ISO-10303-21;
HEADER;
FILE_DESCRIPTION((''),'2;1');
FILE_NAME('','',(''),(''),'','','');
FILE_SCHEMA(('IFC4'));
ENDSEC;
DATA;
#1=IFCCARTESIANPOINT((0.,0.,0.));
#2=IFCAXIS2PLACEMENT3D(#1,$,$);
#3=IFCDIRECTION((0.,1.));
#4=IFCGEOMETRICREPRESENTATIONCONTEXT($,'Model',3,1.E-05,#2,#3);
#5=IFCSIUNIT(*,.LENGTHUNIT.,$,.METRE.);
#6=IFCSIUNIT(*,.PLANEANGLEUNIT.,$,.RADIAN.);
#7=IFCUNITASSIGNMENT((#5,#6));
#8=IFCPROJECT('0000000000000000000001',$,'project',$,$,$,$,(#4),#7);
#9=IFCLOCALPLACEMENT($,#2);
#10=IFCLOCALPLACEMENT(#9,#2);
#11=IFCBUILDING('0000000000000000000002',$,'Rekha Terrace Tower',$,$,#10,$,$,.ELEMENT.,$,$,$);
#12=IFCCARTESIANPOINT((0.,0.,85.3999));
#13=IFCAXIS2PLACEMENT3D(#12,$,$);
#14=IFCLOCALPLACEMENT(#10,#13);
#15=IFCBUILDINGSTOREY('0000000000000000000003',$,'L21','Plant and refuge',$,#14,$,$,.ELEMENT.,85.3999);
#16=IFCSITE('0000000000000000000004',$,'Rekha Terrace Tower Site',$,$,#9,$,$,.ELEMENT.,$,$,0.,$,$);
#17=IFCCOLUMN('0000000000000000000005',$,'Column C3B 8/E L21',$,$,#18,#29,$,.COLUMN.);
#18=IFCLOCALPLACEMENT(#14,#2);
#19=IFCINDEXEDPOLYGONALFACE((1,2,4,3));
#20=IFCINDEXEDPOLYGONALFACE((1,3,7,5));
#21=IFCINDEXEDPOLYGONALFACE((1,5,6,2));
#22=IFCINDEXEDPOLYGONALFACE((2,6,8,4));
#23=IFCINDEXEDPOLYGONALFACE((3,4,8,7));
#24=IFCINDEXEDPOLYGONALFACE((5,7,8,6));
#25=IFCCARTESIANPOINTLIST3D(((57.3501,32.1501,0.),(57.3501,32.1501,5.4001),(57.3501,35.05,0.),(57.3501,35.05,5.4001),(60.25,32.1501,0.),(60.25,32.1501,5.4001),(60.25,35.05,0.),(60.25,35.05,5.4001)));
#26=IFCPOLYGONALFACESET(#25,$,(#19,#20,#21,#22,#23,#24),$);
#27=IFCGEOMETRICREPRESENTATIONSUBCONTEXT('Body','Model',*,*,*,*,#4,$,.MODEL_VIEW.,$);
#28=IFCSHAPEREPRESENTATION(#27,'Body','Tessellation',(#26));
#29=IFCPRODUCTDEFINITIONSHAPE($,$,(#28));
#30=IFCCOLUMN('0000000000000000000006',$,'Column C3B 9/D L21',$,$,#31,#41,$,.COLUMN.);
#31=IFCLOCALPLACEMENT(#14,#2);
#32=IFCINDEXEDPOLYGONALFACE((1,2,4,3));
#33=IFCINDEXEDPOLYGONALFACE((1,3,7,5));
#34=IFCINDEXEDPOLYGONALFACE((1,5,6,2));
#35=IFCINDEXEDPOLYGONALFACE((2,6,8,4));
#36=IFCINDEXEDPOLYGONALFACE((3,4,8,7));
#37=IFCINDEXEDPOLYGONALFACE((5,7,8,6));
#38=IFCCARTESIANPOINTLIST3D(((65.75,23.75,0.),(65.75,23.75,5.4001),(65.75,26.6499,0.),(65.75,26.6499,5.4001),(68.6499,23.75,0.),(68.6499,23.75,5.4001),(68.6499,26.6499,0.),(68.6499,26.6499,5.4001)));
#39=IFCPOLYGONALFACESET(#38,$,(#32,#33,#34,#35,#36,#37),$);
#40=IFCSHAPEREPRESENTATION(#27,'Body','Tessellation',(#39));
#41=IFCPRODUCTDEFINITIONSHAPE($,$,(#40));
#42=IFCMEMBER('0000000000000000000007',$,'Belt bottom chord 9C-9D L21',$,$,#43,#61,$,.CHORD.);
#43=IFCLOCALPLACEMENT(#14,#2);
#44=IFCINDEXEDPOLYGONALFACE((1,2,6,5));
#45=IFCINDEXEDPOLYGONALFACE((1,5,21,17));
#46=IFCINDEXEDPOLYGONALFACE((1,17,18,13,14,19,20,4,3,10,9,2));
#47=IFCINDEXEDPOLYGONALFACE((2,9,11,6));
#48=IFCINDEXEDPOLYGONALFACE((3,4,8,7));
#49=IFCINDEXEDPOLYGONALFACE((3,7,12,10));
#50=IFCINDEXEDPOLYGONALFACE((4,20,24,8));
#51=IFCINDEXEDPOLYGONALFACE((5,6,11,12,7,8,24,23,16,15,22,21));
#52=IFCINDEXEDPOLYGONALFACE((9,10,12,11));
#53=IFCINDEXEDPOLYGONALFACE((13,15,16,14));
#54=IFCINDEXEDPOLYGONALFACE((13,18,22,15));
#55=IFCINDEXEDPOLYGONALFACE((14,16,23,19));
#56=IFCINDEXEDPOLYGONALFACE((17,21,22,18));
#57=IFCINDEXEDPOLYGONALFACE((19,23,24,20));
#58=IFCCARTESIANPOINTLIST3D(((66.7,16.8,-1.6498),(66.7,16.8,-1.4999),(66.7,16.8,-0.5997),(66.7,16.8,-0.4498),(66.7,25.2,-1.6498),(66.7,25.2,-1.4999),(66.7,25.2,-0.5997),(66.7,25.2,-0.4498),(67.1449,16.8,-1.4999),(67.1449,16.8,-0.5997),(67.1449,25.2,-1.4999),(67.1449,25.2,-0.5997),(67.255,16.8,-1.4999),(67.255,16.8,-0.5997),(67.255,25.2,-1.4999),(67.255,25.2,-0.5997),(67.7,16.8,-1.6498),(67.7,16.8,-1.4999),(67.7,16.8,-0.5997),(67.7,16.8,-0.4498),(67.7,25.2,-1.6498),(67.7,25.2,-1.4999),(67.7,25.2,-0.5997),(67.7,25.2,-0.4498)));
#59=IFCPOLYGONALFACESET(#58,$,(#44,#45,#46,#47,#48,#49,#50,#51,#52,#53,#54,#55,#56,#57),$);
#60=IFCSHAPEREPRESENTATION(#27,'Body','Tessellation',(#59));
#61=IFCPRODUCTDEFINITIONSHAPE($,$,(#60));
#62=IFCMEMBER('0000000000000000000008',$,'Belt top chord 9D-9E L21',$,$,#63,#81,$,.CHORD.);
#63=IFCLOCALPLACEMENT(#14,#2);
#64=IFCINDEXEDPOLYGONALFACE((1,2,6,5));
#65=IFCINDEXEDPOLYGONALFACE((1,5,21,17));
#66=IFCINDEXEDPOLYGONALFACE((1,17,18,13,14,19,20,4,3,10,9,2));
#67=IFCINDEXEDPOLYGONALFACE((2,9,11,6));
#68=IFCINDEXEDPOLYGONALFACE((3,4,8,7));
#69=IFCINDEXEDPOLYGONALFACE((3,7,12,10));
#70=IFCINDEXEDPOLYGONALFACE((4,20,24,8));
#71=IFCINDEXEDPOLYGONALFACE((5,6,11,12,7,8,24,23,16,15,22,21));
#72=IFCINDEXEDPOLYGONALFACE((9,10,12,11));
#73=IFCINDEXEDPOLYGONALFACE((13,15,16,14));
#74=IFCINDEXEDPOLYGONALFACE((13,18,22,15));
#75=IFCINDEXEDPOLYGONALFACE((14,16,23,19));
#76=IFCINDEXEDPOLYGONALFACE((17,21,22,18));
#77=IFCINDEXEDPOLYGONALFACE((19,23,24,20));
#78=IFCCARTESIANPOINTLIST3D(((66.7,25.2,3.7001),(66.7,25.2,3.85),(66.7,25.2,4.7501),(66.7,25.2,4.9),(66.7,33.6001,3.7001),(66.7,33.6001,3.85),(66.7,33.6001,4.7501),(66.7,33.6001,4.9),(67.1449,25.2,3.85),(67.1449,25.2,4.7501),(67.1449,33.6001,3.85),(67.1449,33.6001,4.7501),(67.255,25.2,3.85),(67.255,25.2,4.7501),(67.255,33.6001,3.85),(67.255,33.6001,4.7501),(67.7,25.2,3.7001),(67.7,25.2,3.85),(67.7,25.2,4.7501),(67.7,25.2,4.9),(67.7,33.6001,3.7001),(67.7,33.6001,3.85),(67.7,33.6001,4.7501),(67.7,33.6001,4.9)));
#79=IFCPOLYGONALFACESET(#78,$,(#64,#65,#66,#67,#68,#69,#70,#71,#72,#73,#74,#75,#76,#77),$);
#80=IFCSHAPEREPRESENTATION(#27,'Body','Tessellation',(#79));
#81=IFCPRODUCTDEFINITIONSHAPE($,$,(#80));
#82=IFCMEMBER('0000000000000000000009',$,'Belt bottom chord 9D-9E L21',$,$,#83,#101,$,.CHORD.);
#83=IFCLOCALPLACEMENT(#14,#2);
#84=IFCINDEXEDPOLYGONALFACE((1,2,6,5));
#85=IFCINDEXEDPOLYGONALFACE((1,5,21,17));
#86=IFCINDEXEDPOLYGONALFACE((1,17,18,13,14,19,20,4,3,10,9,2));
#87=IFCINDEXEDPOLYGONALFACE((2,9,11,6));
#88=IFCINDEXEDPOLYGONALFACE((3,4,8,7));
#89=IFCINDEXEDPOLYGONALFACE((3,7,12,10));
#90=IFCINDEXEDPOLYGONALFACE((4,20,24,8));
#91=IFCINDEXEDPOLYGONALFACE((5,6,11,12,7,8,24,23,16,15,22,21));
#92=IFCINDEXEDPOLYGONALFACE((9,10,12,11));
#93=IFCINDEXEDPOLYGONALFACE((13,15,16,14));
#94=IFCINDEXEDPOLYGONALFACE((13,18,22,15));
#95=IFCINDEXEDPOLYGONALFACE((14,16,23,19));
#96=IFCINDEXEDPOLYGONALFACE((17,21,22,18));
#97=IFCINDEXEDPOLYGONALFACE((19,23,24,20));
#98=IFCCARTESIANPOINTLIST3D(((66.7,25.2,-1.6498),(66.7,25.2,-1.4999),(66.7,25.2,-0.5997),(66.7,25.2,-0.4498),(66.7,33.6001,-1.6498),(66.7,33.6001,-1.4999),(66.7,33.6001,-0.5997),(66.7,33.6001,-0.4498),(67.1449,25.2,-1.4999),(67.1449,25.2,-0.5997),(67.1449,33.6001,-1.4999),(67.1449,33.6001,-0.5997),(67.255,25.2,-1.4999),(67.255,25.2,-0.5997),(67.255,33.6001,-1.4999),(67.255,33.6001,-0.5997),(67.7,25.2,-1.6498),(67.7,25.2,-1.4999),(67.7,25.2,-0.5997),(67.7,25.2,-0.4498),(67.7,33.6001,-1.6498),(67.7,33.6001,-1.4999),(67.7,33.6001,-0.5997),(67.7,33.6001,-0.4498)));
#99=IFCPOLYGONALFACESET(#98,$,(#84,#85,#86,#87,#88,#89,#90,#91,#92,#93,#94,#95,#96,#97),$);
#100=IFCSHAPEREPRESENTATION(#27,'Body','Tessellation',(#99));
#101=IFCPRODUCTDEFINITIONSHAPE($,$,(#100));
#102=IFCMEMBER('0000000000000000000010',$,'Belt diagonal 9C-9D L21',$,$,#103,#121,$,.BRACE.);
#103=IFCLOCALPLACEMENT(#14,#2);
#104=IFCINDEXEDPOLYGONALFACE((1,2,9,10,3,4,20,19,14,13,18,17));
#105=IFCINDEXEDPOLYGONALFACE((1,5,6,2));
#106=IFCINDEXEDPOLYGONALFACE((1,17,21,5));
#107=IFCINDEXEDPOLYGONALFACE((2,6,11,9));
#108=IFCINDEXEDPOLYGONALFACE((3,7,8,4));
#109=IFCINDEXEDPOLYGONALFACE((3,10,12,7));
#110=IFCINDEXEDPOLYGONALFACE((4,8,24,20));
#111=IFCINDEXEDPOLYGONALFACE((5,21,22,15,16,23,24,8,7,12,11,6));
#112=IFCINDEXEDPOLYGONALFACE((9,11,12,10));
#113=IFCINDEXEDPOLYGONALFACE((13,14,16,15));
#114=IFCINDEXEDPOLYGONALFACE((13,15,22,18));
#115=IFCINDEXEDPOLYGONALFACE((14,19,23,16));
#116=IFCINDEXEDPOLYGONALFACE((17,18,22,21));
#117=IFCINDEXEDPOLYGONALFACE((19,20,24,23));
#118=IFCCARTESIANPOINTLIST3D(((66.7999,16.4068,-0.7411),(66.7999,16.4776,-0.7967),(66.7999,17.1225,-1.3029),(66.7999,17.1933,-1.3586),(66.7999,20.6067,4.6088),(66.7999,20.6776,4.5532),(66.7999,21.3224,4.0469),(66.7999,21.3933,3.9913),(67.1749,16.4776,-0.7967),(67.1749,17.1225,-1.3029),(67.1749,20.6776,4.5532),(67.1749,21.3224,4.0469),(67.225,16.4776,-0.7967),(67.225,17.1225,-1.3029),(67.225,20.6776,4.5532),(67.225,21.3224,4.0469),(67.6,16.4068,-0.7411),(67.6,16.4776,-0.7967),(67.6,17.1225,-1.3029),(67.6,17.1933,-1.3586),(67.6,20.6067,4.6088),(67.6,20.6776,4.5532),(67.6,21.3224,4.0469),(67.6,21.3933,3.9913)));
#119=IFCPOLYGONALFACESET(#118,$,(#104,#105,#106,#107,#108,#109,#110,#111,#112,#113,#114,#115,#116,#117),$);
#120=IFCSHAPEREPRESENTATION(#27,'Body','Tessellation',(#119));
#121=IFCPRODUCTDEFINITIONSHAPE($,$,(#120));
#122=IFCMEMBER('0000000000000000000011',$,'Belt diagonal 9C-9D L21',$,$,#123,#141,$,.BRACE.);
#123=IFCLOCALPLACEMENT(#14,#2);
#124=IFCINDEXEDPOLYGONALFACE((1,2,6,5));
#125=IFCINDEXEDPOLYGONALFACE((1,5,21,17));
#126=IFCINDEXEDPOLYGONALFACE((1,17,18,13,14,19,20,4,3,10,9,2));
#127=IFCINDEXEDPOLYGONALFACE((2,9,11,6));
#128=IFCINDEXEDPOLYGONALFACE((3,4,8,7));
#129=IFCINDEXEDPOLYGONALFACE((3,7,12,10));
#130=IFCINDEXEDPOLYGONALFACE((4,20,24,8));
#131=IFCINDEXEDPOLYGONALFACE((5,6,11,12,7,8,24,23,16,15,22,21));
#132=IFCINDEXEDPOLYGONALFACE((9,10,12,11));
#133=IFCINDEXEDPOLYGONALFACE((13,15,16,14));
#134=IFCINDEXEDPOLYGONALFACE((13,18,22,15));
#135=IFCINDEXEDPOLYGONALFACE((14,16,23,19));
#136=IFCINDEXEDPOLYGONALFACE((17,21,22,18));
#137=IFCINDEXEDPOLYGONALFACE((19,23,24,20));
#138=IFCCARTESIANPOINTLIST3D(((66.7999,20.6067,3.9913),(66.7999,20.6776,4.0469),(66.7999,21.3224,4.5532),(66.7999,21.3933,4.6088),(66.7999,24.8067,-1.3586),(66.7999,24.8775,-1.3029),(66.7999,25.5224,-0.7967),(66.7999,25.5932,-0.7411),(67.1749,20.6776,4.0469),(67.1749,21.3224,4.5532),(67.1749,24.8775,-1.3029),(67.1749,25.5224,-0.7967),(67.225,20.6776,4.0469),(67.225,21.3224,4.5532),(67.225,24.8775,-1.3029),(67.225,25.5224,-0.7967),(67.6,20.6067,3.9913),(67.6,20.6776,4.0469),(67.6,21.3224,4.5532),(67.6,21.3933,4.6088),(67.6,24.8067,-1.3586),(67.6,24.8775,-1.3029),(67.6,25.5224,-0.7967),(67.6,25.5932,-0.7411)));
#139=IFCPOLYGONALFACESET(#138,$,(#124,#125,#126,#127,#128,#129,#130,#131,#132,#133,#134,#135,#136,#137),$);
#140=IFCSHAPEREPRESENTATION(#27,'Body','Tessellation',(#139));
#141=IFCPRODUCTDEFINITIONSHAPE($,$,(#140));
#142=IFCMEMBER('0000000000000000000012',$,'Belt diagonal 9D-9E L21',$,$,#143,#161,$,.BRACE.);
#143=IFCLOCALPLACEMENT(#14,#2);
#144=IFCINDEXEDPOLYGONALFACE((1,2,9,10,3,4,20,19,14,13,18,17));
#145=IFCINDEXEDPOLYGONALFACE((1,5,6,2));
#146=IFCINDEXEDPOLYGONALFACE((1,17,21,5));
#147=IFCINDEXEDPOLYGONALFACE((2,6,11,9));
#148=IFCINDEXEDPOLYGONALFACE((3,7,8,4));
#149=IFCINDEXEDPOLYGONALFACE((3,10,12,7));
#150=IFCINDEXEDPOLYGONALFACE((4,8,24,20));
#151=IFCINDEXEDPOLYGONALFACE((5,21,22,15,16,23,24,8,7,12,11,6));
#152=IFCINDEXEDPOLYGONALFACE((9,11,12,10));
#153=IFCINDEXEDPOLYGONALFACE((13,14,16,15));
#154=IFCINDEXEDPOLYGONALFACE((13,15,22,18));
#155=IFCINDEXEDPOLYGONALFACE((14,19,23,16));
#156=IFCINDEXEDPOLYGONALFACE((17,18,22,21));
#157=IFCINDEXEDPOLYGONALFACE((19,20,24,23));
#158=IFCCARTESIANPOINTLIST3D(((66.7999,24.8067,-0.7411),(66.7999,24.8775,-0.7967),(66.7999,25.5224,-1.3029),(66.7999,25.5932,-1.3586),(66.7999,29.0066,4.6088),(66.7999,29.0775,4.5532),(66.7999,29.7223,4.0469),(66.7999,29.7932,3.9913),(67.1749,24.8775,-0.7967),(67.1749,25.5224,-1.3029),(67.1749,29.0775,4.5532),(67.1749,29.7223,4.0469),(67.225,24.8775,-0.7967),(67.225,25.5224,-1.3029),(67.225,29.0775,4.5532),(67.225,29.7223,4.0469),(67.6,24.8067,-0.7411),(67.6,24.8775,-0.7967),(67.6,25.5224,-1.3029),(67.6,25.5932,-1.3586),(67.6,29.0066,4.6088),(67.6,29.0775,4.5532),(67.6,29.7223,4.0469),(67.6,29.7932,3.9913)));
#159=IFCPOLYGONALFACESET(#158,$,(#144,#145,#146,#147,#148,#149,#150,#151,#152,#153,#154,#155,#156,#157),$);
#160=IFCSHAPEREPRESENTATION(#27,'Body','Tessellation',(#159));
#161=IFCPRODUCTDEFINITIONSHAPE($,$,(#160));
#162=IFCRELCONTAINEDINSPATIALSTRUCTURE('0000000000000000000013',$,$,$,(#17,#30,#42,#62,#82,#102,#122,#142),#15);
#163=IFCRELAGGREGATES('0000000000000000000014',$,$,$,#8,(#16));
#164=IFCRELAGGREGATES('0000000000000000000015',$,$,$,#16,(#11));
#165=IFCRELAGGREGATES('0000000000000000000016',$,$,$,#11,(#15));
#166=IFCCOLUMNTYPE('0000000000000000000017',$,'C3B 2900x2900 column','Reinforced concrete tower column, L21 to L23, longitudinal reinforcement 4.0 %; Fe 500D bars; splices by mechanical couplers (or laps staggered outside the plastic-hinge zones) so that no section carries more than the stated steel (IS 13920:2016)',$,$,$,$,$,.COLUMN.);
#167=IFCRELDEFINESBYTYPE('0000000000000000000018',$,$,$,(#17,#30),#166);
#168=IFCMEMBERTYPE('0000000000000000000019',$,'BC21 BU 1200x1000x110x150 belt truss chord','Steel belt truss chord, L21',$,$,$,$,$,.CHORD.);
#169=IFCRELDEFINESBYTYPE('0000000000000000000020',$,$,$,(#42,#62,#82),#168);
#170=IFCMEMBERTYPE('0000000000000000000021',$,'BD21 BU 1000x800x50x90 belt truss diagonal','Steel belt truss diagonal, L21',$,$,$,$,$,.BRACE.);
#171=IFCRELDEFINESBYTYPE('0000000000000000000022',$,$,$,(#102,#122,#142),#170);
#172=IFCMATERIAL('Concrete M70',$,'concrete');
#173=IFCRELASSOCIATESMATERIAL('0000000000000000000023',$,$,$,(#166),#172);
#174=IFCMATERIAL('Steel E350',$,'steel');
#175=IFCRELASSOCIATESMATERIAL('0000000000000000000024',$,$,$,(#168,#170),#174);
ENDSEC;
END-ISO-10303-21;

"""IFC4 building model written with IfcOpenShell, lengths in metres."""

from ifc_helpers import new_model, si_unit, direction, frame, origin, origin_2d, place, context, subcontext, project, spatial, rectangle, i_section, extrude, material, material_profile, profile_set, type_object, element, save


model = new_model("IFC4")

# Units and contexts
model_context = context("Model", 3, precision=1e-05, world=origin(), true_north=direction((0.0, 1.0)))
body_context = subcontext(model_context, "Body", "Model", "MODEL_VIEW")
ifc_project = project(units=[si_unit("LENGTHUNIT", "METRE"), si_unit("PLANEANGLEUNIT", "RADIAN")], contexts=[model_context])

# Site, building, storey
site_placement = place(None, origin())
site = spatial("IfcSite", under=ifc_project, at=site_placement, Name="Rekha Terrace Tower Site", CompositionType="ELEMENT", RefElevation=0.0)
building_placement = place(site_placement, origin())
building = spatial("IfcBuilding", under=site, at=building_placement, Name="Rekha Terrace Tower", CompositionType="ELEMENT")
storey_placement = place(building_placement, frame((0.0, 0.0, 85.3999)))
storey = spatial("IfcBuildingStorey", under=building, at=storey_placement, Name="L21", Description="Plant and refuge", CompositionType="ELEMENT", Elevation=85.3999)

# Columns
ifc_material_1 = material(Name="Concrete M70", Category="concrete")
ifc_material_profile_1 = material_profile(ifc_material_1, rectangle(XDim=2.8999, YDim=2.8999, at=origin_2d()), Name="RC 2900x2900")
ifc_profile_set_1 = profile_set([ifc_material_profile_1], Name="Concrete M70")
column_type = type_object("IfcColumnType", Name="C3B 2900x2900 column", Description="Reinforced concrete tower column, L21 to L23, longitudinal reinforcement 4.0 %; Fe 500D bars; splices by mechanical couplers (or laps staggered outside the plastic-hinge zones) so that no section carries more than the stated steel (IS 13920:2016)", PredefinedType="COLUMN", material=ifc_profile_set_1)
for number, where, z_axis, x_axis, name in (
    (1, (58.8, 33.6001, 0.0), (0.0, 0.0, 1.0), (1.0, 0.0, 0.0), "Column C3B 8/E L21"),
    (2, (67.2, 25.2, 0.0), (0.0, 0.0, 1.0), (1.0, 0.0, 0.0), "Column C3B 9/D L21"),
):
    element("IfcColumn", number, at=place(storey_placement, frame(where, z_axis=z_axis, x_axis=x_axis)), inside=storey, type_object=column_type, Name=name, PredefinedType="COLUMN", context=body_context, shape_type="SweptSolid", body=[
        extrude(rectangle(XDim=2.8999, YDim=2.8999, at=origin_2d()), origin(), (0.0, 0.0, 1.0), 5.4001),
    ])

# Members
ifc_material_2 = material(Name="Steel E350", Category="steel")
ifc_material_profile_2 = material_profile(ifc_material_2, i_section(OverallWidth=1.0, OverallDepth=1.2, WebThickness=0.1101, FlangeThickness=0.1499, at=origin_2d()), Name="BU 1200x1000x110x150")
ifc_profile_set_2 = profile_set([ifc_material_profile_2], Name="Steel E350")
member_type_1 = type_object("IfcMemberType", Name="BC21 BU 1200x1000x110x150 belt truss chord", Description="Steel belt truss chord, L21", PredefinedType="CHORD", material=ifc_profile_set_2)
member_1_placement = place(storey_placement, frame((67.2, 16.8, -1.0498), z_axis=(0.0, 1.0, 0.0), x_axis=(-1.0, 0.0, 0.0)))
element("IfcMember", 3, at=member_1_placement, inside=storey, type_object=member_type_1, Name="Belt bottom chord 9C-9D L21", PredefinedType="CHORD", context=body_context, shape_type="SweptSolid", body=[
    extrude(i_section(OverallWidth=1.0, OverallDepth=1.2, WebThickness=0.1101, FlangeThickness=0.1499, at=origin_2d()), origin(), (0.0, 0.0, 1.0), 8.3999),
])
for number, where, z_axis, x_axis, name in (
    (4, (67.2, 25.2, 4.3), (0.0, 1.0, 0.0), (-1.0, 0.0, 0.0), "Belt top chord 9D-9E L21"),
    (5, (67.2, 25.2, -1.0498), (0.0, 1.0, 0.0), (-1.0, 0.0, 0.0), "Belt bottom chord 9D-9E L21"),
):
    element("IfcMember", number, at=place(storey_placement, frame(where, z_axis=z_axis, x_axis=x_axis)), inside=storey, type_object=member_type_1, Name=name, PredefinedType="CHORD", context=body_context, shape_type="SweptSolid", body=[
        extrude(i_section(OverallWidth=1.0, OverallDepth=1.2, WebThickness=0.1101, FlangeThickness=0.1499, at=origin_2d()), origin(), (0.0, 0.0, 1.0), 8.4001),
    ])
ifc_material_profile_3 = material_profile(ifc_material_2, i_section(OverallWidth=0.8, OverallDepth=1.0, WebThickness=0.05, FlangeThickness=0.0901, at=origin_2d()), Name="BU 1000x800x50x90")
ifc_profile_set_3 = profile_set([ifc_material_profile_3], Name="Steel E350")
member_type_2 = type_object("IfcMemberType", Name="BD21 BU 1000x800x50x90 belt truss diagonal", Description="Steel belt truss diagonal, L21", PredefinedType="BRACE", material=ifc_profile_set_3)
for number, where, z_axis, x_axis, name in (
    (6, (67.2, 16.8, -1.0498), (0.0, 0.617503, 0.786569), (-1.0, 0.0, 0.0), "Belt diagonal 9C-9D L21"),
    (7, (67.2, 25.2, -1.0498), (0.0, -0.617503, 0.786569), (1.0, 0.0, 0.0), "Belt diagonal 9C-9D L21"),
    (8, (67.2, 25.2, -1.0498), (0.0, 0.617503, 0.786569), (-1.0, 0.0, 0.0), "Belt diagonal 9D-9E L21"),
):
    element("IfcMember", number, at=place(storey_placement, frame(where, z_axis=z_axis, x_axis=x_axis)), inside=storey, type_object=member_type_2, Name=name, PredefinedType="BRACE", context=body_context, shape_type="SweptSolid", body=[
        extrude(i_section(OverallWidth=0.8, OverallDepth=1.0, WebThickness=0.05, FlangeThickness=0.0901, at=origin_2d()), origin(), (0.0, 0.0, 1.0), 6.8015),
    ])

save(model, "model.ifc")
